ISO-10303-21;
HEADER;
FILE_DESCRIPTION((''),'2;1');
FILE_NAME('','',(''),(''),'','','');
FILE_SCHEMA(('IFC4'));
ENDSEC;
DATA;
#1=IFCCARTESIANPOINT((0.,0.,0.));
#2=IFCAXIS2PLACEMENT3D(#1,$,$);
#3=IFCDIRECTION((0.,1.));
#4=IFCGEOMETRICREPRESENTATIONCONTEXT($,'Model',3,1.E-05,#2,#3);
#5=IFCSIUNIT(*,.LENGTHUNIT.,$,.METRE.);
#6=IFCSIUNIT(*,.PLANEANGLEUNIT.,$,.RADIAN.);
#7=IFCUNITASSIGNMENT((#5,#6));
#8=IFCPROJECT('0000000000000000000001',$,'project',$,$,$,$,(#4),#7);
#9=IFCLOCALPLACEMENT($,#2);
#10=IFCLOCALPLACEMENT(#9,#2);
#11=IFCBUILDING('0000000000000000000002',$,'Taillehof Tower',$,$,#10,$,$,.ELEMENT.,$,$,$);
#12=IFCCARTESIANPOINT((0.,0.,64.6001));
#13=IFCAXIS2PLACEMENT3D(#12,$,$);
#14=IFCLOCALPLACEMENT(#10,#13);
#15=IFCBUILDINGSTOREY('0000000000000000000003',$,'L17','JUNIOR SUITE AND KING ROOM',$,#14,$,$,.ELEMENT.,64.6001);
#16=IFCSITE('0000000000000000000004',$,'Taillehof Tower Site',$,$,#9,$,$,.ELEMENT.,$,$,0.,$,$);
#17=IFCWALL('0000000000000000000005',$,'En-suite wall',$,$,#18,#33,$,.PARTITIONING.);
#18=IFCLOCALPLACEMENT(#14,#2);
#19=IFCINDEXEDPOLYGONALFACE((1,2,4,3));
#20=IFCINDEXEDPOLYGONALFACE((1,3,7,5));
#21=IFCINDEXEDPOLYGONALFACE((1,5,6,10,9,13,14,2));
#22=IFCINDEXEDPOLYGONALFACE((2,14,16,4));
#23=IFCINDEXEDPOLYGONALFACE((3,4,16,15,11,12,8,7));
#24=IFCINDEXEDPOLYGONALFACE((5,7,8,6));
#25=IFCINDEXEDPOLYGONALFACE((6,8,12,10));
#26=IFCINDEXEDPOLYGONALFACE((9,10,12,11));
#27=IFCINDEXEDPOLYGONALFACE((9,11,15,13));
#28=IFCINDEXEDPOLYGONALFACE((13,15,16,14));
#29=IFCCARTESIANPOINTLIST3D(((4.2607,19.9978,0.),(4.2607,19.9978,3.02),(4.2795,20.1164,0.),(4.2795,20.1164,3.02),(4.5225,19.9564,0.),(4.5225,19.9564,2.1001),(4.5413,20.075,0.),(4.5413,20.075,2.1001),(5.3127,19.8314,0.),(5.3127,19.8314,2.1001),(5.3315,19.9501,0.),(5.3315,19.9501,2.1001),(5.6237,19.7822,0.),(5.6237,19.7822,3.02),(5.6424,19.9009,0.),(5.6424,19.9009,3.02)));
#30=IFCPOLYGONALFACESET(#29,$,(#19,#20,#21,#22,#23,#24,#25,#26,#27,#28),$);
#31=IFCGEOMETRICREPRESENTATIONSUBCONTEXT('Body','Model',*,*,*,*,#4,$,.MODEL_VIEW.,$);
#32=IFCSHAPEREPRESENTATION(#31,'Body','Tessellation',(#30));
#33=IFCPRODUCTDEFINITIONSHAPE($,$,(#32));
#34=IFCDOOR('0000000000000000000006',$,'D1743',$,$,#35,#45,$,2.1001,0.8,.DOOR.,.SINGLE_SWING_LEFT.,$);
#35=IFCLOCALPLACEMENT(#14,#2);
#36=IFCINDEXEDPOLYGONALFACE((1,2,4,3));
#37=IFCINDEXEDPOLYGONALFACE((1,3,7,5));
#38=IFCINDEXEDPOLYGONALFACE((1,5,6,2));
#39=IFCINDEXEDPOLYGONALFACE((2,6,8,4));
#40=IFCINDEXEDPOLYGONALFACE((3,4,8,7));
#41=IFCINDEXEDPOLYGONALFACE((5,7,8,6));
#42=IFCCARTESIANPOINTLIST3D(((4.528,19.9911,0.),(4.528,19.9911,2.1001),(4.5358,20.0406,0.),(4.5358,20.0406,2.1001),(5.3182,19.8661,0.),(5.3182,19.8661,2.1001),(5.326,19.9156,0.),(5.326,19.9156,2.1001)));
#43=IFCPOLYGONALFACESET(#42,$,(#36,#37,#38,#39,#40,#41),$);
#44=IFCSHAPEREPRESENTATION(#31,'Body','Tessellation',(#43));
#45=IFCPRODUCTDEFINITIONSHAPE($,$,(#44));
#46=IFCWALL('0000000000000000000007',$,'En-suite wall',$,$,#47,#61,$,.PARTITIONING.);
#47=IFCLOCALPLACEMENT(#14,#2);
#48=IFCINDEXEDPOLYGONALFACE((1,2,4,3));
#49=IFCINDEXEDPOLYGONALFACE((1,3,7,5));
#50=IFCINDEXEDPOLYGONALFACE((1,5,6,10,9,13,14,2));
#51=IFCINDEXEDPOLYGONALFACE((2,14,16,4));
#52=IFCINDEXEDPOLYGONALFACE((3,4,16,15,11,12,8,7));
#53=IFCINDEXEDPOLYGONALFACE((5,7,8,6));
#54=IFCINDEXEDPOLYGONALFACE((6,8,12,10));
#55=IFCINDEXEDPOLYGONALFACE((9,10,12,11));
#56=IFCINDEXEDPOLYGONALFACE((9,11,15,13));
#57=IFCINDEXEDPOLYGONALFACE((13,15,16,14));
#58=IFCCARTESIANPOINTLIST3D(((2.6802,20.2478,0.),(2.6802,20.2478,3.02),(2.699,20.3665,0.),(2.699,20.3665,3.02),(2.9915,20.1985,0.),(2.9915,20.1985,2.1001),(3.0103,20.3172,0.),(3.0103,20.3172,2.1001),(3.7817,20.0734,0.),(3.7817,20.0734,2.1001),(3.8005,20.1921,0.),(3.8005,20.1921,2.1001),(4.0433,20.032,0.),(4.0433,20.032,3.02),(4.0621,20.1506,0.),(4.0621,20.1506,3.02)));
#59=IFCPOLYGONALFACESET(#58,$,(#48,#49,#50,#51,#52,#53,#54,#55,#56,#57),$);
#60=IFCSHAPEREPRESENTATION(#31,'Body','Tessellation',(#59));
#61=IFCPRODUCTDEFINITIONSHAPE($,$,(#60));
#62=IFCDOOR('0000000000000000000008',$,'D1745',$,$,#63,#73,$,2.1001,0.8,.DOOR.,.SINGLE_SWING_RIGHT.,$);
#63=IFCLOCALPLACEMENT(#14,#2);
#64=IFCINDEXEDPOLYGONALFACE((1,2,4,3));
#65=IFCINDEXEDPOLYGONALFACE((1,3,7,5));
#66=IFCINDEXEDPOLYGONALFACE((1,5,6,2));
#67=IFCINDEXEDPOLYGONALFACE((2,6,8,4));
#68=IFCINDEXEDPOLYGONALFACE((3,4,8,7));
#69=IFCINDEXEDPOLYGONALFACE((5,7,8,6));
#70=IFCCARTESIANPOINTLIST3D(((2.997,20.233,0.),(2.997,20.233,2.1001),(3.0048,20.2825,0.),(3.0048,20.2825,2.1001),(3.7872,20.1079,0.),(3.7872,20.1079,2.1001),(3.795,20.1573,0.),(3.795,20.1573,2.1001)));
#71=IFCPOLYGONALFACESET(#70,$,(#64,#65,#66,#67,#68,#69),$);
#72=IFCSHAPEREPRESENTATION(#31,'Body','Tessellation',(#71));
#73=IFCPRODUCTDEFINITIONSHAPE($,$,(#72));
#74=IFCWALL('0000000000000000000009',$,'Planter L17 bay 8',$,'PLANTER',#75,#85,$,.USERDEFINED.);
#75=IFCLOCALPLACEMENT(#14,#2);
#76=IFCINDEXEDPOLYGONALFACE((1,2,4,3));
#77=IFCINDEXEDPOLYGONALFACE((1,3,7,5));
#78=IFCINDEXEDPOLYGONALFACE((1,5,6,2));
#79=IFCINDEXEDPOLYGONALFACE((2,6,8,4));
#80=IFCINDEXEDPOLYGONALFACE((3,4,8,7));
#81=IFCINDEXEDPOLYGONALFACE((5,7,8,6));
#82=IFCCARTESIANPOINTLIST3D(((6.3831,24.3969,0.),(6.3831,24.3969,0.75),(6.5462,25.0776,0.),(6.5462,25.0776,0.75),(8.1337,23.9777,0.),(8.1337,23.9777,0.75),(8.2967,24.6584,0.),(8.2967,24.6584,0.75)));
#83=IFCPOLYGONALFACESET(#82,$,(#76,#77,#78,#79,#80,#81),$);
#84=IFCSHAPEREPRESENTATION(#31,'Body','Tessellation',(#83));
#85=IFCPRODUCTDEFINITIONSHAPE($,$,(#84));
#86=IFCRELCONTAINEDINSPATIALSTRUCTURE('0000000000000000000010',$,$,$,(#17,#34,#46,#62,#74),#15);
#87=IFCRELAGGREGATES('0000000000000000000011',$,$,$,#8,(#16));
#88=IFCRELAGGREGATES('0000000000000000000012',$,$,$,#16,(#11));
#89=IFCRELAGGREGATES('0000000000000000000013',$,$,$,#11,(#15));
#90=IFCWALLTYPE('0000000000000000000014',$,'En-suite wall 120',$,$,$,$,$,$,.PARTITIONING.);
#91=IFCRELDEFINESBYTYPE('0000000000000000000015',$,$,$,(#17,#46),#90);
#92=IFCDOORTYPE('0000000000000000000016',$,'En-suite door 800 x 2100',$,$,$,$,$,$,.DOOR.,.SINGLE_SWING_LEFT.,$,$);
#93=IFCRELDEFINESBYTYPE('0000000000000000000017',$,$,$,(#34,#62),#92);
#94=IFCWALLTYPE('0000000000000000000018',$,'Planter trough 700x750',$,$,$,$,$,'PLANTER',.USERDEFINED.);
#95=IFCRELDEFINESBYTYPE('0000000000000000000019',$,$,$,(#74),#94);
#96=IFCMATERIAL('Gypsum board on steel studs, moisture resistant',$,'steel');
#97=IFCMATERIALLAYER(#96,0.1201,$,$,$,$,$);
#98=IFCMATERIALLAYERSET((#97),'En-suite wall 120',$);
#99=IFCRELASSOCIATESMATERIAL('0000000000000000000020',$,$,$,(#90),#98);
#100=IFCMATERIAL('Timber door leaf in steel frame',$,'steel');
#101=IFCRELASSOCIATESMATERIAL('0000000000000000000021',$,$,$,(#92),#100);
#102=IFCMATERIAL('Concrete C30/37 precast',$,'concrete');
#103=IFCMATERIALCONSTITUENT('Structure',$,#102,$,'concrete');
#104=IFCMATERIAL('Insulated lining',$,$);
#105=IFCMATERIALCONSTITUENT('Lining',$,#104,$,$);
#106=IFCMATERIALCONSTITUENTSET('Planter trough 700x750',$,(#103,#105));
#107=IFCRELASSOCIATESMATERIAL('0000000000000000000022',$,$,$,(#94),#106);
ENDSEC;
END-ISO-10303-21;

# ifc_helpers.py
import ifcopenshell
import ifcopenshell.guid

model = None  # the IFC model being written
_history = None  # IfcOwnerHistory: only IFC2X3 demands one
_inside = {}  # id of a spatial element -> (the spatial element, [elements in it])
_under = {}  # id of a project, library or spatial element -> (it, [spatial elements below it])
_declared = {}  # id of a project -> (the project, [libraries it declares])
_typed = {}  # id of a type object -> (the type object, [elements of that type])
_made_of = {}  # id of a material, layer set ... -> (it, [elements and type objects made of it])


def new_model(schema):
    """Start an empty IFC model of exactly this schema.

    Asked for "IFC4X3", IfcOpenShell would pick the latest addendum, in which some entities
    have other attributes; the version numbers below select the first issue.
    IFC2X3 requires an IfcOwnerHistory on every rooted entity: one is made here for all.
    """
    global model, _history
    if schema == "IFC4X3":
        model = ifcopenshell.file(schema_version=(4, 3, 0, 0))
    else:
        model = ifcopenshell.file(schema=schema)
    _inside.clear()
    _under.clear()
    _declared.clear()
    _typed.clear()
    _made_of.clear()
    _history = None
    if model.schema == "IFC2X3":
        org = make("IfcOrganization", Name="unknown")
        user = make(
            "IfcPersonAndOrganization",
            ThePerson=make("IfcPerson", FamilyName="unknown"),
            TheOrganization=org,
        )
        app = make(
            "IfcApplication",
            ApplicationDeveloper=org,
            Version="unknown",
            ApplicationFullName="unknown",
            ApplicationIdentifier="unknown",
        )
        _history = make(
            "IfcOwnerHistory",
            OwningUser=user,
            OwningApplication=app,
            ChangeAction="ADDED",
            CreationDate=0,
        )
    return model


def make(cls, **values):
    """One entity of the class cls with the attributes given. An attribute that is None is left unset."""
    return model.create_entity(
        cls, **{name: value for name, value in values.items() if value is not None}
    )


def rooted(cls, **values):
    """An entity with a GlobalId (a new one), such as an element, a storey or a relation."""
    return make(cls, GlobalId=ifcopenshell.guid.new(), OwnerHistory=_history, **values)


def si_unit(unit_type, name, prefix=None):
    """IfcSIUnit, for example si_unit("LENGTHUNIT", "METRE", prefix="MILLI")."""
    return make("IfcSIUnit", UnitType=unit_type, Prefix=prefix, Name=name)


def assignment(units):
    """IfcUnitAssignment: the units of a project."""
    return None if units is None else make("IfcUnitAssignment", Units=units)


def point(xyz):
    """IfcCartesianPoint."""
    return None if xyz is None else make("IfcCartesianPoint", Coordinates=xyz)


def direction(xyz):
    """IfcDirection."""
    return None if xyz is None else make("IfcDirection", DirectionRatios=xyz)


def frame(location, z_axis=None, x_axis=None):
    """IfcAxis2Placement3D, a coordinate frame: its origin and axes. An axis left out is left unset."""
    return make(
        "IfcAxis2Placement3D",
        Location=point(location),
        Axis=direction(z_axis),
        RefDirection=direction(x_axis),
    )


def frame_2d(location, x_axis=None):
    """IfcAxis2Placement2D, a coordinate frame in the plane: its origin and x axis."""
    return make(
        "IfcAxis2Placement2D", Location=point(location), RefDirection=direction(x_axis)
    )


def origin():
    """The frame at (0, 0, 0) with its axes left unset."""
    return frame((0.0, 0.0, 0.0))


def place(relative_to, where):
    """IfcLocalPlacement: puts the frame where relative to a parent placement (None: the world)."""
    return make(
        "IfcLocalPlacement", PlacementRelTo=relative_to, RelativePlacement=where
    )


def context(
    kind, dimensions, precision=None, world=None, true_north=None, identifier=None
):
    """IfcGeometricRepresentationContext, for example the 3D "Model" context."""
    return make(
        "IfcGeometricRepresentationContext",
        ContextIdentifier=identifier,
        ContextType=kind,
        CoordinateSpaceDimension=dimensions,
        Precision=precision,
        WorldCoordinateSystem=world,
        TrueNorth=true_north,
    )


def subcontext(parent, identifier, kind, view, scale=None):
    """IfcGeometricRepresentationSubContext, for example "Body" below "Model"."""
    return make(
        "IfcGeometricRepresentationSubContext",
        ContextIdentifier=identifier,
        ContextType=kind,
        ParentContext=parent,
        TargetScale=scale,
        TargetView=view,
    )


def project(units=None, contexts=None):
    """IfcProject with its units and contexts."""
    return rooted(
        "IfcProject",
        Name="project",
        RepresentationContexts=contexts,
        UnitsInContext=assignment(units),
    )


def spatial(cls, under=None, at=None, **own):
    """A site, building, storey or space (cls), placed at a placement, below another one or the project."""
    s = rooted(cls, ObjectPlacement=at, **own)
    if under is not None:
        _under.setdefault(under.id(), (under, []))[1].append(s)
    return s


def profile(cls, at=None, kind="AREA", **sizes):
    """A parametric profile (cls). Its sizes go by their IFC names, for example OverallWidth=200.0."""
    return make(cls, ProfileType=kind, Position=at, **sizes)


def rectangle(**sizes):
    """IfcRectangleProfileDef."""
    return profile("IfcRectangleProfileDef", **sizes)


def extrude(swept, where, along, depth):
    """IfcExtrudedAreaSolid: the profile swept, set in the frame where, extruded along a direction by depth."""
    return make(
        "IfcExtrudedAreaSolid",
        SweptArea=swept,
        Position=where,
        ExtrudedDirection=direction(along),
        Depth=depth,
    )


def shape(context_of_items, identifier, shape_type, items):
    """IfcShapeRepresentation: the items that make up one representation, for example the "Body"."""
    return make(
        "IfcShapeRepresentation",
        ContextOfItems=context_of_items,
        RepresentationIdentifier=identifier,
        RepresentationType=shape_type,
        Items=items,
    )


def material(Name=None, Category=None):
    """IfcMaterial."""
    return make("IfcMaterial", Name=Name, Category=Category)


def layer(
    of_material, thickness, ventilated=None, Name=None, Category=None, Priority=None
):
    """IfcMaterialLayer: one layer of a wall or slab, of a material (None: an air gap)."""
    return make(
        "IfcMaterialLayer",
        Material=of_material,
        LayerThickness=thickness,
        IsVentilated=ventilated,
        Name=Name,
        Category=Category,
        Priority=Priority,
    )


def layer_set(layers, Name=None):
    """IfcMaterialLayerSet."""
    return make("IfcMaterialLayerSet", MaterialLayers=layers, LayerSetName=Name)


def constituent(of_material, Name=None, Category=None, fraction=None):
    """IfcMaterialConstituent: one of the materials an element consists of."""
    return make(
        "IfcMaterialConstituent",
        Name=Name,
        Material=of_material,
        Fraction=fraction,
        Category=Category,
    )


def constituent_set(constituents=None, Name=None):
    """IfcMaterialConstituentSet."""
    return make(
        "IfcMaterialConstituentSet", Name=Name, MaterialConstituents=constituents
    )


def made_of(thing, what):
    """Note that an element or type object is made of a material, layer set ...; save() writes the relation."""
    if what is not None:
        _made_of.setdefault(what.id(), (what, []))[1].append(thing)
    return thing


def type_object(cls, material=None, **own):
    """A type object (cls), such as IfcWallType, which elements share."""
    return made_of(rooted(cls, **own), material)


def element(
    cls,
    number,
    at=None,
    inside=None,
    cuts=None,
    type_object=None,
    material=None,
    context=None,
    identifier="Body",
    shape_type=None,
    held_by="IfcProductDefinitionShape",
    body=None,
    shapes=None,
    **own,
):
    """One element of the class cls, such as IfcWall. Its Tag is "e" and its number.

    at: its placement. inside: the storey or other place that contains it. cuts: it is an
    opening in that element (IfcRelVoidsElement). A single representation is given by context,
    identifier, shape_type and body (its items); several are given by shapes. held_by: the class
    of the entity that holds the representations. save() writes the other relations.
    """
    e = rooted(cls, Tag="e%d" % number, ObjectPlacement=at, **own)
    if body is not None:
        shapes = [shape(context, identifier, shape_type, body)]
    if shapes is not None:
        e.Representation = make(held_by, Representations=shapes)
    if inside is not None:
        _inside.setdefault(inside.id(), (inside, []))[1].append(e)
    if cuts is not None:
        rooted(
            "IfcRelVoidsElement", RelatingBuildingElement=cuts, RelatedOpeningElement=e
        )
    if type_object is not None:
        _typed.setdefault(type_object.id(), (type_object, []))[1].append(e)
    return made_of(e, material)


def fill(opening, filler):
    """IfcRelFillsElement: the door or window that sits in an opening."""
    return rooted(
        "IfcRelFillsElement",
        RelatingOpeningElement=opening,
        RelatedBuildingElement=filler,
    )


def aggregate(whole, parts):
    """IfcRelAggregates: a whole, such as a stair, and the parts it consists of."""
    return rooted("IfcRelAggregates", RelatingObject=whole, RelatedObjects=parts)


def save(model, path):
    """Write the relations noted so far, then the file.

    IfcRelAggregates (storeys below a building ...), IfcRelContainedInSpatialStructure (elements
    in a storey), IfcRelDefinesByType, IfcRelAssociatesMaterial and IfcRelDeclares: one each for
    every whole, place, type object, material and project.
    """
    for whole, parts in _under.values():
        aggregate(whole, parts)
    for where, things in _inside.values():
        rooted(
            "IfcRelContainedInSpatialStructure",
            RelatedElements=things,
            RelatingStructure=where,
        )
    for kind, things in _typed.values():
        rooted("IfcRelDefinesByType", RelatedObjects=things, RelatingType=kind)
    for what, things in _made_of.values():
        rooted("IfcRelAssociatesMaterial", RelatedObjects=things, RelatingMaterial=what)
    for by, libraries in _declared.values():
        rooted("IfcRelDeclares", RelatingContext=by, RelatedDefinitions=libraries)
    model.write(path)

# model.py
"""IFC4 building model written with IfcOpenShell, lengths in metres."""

from ifc_helpers import new_model, si_unit, direction, frame, frame_2d, origin, place, context, subcontext, project, spatial, rectangle, extrude, material, layer, layer_set, constituent, constituent_set, type_object, element, fill, save


model = new_model("IFC4")

# Units and contexts
model_context = context("Model", 3, precision=1e-05, world=origin(), true_north=direction((0.0, 1.0)))
body_context = subcontext(model_context, "Body", "Model", "MODEL_VIEW")
ifc_project = project(units=[si_unit("LENGTHUNIT", "METRE"), si_unit("PLANEANGLEUNIT", "RADIAN")], contexts=[model_context])

# Site, building, storey
site_placement = place(None, origin())
site = spatial("IfcSite", under=ifc_project, at=site_placement, Name="Taillehof Tower Site", CompositionType="ELEMENT", RefElevation=0.0)
building_placement = place(site_placement, origin())
building = spatial("IfcBuilding", under=site, at=building_placement, Name="Taillehof Tower", CompositionType="ELEMENT")
storey_placement = place(building_placement, frame((0.0, 0.0, 64.6001)))
storey = spatial("IfcBuildingStorey", under=building, at=storey_placement, Name="L17", Description="JUNIOR SUITE AND KING ROOM", CompositionType="ELEMENT", Elevation=64.6001)

# Shared definitions
ifc_material_1 = material(Name="Gypsum board on steel studs, moisture resistant", Category="steel")
ifc_layer_1 = layer(ifc_material_1, 0.1201)
ifc_layer_set_1 = layer_set([ifc_layer_1], Name="En-suite wall 120")
wall_type_1 = type_object("IfcWallType", Name="En-suite wall 120", PredefinedType="PARTITIONING", material=ifc_layer_set_1)

# Walls, openings, doors
wall_1_placement = place(storey_placement, frame((5.6331, 19.8416, 0.0), z_axis=(0.0, 0.0, 1.0), x_axis=(-0.987723, 0.156217, 0.0)))
wall_1 = element("IfcWall", 1, at=wall_1_placement, inside=storey, type_object=wall_type_1, Name="En-suite wall", PredefinedType="PARTITIONING", context=body_context, shape_type="SweptSolid", body=[
    extrude(rectangle(XDim=1.3799, YDim=0.1201, at=frame_2d((0.6899, 0.0))), origin(), (0.0, 0.0, 1.0), 3.02),
])
opening_1_placement = place(wall_1_placement, frame((0.3149, 0.0, 0.0)))
opening_1 = element("IfcOpeningElement", 2, at=opening_1_placement, cuts=wall_1, PredefinedType="OPENING", context=body_context, shape_type="SweptSolid", body=[
    extrude(rectangle(XDim=0.8, YDim=2.1001, at=frame_2d((0.3999, 1.05))), frame((0.0, 0.0701, 0.0), z_axis=(0.0, -1.0, 0.0), x_axis=(1.0, 0.0, 0.0)), (0.0, 0.0, 1.0), 0.1401),
])
ifc_material_2 = material(Name="Timber door leaf in steel frame", Category="steel")
door_type_1 = type_object("IfcDoorType", Name="En-suite door 800 x 2100", OperationType="SINGLE_SWING_LEFT", PredefinedType="DOOR", material=ifc_material_2)
door_1_placement = place(opening_1_placement, origin())
door_1 = element("IfcDoor", 3, at=door_1_placement, inside=storey, type_object=door_type_1, Name="D1743", OperationType="SINGLE_SWING_LEFT", OverallHeight=2.1001, OverallWidth=0.8, PredefinedType="DOOR", context=body_context, shape_type="SweptSolid", body=[
    extrude(rectangle(XDim=0.8, YDim=2.1001, at=frame_2d((0.3999, 1.05))), frame((0.0, 0.0249, 0.0), z_axis=(0.0, -1.0, 0.0), x_axis=(1.0, 0.0, 0.0)), (0.0, 0.0, 1.0), 0.05),
])
fill(opening_1, door_1)
wall_2_placement = place(storey_placement, frame((2.6897, 20.3071, 0.0), z_axis=(0.0, 0.0, 1.0), x_axis=(0.987695, -0.15639, 0.0)))
wall_2 = element("IfcWall", 4, at=wall_2_placement, inside=storey, type_object=wall_type_1, Name="En-suite wall", PredefinedType="PARTITIONING", context=body_context, shape_type="SweptSolid", body=[
    extrude(rectangle(XDim=1.3801, YDim=0.1201, at=frame_2d((0.6899, 0.0))), origin(), (0.0, 0.0, 1.0), 3.02),
])
opening_2_placement = place(wall_2_placement, frame((0.3152, 0.0, 0.0)))
opening_2 = element("IfcOpeningElement", 5, at=opening_2_placement, cuts=wall_2, PredefinedType="OPENING", context=body_context, shape_type="SweptSolid", body=[
    extrude(rectangle(XDim=0.8, YDim=2.1001, at=frame_2d((0.3999, 1.05))), frame((0.0, 0.0701, 0.0), z_axis=(0.0, -1.0, 0.0), x_axis=(1.0, 0.0, 0.0)), (0.0, 0.0, 1.0), 0.1401),
])
door_2_placement = place(opening_2_placement, origin())
door_2 = element("IfcDoor", 6, at=door_2_placement, inside=storey, type_object=door_type_1, Name="D1745", OperationType="SINGLE_SWING_RIGHT", OverallHeight=2.1001, OverallWidth=0.8, PredefinedType="DOOR", context=body_context, shape_type="SweptSolid", body=[
    extrude(rectangle(XDim=0.8, YDim=2.1001, at=frame_2d((0.3999, 1.05))), frame((0.0, 0.0249, 0.0), z_axis=(0.0, -1.0, 0.0), x_axis=(1.0, 0.0, 0.0)), (0.0, 0.0, 1.0), 0.05),
])
fill(opening_2, door_2)

# Wall
ifc_material_3 = material(Name="Concrete C30/37 precast", Category="concrete")
ifc_constituent_1 = constituent(ifc_material_3, Name="Structure", Category="concrete")
ifc_material_4 = material(Name="Insulated lining")
ifc_constituent_2 = constituent(ifc_material_4, Name="Lining")
ifc_constituent_set = constituent_set(constituents=[ifc_constituent_1, ifc_constituent_2], Name="Planter trough 700x750")
wall_type_2 = type_object("IfcWallType", Name="Planter trough 700x750", ElementType="PLANTER", PredefinedType="USERDEFINED", material=ifc_constituent_set)
wall_3_placement = place(storey_placement, frame((8.2151, 24.3181, 0.0), z_axis=(0.0, 0.0, 1.0), x_axis=(-0.972504, 0.232886, 0.0)))
element("IfcWall", 7, at=wall_3_placement, inside=storey, type_object=wall_type_2, Name="Planter L17 bay 8", ObjectType="PLANTER", PredefinedType="USERDEFINED", context=body_context, shape_type="SweptSolid", body=[
    extrude(rectangle(XDim=1.8, YDim=0.7, at=frame_2d((0.8999, 0.0))), origin(), (0.0, 0.0, 1.0), 0.75),
])

save(model, "model.ifc")
